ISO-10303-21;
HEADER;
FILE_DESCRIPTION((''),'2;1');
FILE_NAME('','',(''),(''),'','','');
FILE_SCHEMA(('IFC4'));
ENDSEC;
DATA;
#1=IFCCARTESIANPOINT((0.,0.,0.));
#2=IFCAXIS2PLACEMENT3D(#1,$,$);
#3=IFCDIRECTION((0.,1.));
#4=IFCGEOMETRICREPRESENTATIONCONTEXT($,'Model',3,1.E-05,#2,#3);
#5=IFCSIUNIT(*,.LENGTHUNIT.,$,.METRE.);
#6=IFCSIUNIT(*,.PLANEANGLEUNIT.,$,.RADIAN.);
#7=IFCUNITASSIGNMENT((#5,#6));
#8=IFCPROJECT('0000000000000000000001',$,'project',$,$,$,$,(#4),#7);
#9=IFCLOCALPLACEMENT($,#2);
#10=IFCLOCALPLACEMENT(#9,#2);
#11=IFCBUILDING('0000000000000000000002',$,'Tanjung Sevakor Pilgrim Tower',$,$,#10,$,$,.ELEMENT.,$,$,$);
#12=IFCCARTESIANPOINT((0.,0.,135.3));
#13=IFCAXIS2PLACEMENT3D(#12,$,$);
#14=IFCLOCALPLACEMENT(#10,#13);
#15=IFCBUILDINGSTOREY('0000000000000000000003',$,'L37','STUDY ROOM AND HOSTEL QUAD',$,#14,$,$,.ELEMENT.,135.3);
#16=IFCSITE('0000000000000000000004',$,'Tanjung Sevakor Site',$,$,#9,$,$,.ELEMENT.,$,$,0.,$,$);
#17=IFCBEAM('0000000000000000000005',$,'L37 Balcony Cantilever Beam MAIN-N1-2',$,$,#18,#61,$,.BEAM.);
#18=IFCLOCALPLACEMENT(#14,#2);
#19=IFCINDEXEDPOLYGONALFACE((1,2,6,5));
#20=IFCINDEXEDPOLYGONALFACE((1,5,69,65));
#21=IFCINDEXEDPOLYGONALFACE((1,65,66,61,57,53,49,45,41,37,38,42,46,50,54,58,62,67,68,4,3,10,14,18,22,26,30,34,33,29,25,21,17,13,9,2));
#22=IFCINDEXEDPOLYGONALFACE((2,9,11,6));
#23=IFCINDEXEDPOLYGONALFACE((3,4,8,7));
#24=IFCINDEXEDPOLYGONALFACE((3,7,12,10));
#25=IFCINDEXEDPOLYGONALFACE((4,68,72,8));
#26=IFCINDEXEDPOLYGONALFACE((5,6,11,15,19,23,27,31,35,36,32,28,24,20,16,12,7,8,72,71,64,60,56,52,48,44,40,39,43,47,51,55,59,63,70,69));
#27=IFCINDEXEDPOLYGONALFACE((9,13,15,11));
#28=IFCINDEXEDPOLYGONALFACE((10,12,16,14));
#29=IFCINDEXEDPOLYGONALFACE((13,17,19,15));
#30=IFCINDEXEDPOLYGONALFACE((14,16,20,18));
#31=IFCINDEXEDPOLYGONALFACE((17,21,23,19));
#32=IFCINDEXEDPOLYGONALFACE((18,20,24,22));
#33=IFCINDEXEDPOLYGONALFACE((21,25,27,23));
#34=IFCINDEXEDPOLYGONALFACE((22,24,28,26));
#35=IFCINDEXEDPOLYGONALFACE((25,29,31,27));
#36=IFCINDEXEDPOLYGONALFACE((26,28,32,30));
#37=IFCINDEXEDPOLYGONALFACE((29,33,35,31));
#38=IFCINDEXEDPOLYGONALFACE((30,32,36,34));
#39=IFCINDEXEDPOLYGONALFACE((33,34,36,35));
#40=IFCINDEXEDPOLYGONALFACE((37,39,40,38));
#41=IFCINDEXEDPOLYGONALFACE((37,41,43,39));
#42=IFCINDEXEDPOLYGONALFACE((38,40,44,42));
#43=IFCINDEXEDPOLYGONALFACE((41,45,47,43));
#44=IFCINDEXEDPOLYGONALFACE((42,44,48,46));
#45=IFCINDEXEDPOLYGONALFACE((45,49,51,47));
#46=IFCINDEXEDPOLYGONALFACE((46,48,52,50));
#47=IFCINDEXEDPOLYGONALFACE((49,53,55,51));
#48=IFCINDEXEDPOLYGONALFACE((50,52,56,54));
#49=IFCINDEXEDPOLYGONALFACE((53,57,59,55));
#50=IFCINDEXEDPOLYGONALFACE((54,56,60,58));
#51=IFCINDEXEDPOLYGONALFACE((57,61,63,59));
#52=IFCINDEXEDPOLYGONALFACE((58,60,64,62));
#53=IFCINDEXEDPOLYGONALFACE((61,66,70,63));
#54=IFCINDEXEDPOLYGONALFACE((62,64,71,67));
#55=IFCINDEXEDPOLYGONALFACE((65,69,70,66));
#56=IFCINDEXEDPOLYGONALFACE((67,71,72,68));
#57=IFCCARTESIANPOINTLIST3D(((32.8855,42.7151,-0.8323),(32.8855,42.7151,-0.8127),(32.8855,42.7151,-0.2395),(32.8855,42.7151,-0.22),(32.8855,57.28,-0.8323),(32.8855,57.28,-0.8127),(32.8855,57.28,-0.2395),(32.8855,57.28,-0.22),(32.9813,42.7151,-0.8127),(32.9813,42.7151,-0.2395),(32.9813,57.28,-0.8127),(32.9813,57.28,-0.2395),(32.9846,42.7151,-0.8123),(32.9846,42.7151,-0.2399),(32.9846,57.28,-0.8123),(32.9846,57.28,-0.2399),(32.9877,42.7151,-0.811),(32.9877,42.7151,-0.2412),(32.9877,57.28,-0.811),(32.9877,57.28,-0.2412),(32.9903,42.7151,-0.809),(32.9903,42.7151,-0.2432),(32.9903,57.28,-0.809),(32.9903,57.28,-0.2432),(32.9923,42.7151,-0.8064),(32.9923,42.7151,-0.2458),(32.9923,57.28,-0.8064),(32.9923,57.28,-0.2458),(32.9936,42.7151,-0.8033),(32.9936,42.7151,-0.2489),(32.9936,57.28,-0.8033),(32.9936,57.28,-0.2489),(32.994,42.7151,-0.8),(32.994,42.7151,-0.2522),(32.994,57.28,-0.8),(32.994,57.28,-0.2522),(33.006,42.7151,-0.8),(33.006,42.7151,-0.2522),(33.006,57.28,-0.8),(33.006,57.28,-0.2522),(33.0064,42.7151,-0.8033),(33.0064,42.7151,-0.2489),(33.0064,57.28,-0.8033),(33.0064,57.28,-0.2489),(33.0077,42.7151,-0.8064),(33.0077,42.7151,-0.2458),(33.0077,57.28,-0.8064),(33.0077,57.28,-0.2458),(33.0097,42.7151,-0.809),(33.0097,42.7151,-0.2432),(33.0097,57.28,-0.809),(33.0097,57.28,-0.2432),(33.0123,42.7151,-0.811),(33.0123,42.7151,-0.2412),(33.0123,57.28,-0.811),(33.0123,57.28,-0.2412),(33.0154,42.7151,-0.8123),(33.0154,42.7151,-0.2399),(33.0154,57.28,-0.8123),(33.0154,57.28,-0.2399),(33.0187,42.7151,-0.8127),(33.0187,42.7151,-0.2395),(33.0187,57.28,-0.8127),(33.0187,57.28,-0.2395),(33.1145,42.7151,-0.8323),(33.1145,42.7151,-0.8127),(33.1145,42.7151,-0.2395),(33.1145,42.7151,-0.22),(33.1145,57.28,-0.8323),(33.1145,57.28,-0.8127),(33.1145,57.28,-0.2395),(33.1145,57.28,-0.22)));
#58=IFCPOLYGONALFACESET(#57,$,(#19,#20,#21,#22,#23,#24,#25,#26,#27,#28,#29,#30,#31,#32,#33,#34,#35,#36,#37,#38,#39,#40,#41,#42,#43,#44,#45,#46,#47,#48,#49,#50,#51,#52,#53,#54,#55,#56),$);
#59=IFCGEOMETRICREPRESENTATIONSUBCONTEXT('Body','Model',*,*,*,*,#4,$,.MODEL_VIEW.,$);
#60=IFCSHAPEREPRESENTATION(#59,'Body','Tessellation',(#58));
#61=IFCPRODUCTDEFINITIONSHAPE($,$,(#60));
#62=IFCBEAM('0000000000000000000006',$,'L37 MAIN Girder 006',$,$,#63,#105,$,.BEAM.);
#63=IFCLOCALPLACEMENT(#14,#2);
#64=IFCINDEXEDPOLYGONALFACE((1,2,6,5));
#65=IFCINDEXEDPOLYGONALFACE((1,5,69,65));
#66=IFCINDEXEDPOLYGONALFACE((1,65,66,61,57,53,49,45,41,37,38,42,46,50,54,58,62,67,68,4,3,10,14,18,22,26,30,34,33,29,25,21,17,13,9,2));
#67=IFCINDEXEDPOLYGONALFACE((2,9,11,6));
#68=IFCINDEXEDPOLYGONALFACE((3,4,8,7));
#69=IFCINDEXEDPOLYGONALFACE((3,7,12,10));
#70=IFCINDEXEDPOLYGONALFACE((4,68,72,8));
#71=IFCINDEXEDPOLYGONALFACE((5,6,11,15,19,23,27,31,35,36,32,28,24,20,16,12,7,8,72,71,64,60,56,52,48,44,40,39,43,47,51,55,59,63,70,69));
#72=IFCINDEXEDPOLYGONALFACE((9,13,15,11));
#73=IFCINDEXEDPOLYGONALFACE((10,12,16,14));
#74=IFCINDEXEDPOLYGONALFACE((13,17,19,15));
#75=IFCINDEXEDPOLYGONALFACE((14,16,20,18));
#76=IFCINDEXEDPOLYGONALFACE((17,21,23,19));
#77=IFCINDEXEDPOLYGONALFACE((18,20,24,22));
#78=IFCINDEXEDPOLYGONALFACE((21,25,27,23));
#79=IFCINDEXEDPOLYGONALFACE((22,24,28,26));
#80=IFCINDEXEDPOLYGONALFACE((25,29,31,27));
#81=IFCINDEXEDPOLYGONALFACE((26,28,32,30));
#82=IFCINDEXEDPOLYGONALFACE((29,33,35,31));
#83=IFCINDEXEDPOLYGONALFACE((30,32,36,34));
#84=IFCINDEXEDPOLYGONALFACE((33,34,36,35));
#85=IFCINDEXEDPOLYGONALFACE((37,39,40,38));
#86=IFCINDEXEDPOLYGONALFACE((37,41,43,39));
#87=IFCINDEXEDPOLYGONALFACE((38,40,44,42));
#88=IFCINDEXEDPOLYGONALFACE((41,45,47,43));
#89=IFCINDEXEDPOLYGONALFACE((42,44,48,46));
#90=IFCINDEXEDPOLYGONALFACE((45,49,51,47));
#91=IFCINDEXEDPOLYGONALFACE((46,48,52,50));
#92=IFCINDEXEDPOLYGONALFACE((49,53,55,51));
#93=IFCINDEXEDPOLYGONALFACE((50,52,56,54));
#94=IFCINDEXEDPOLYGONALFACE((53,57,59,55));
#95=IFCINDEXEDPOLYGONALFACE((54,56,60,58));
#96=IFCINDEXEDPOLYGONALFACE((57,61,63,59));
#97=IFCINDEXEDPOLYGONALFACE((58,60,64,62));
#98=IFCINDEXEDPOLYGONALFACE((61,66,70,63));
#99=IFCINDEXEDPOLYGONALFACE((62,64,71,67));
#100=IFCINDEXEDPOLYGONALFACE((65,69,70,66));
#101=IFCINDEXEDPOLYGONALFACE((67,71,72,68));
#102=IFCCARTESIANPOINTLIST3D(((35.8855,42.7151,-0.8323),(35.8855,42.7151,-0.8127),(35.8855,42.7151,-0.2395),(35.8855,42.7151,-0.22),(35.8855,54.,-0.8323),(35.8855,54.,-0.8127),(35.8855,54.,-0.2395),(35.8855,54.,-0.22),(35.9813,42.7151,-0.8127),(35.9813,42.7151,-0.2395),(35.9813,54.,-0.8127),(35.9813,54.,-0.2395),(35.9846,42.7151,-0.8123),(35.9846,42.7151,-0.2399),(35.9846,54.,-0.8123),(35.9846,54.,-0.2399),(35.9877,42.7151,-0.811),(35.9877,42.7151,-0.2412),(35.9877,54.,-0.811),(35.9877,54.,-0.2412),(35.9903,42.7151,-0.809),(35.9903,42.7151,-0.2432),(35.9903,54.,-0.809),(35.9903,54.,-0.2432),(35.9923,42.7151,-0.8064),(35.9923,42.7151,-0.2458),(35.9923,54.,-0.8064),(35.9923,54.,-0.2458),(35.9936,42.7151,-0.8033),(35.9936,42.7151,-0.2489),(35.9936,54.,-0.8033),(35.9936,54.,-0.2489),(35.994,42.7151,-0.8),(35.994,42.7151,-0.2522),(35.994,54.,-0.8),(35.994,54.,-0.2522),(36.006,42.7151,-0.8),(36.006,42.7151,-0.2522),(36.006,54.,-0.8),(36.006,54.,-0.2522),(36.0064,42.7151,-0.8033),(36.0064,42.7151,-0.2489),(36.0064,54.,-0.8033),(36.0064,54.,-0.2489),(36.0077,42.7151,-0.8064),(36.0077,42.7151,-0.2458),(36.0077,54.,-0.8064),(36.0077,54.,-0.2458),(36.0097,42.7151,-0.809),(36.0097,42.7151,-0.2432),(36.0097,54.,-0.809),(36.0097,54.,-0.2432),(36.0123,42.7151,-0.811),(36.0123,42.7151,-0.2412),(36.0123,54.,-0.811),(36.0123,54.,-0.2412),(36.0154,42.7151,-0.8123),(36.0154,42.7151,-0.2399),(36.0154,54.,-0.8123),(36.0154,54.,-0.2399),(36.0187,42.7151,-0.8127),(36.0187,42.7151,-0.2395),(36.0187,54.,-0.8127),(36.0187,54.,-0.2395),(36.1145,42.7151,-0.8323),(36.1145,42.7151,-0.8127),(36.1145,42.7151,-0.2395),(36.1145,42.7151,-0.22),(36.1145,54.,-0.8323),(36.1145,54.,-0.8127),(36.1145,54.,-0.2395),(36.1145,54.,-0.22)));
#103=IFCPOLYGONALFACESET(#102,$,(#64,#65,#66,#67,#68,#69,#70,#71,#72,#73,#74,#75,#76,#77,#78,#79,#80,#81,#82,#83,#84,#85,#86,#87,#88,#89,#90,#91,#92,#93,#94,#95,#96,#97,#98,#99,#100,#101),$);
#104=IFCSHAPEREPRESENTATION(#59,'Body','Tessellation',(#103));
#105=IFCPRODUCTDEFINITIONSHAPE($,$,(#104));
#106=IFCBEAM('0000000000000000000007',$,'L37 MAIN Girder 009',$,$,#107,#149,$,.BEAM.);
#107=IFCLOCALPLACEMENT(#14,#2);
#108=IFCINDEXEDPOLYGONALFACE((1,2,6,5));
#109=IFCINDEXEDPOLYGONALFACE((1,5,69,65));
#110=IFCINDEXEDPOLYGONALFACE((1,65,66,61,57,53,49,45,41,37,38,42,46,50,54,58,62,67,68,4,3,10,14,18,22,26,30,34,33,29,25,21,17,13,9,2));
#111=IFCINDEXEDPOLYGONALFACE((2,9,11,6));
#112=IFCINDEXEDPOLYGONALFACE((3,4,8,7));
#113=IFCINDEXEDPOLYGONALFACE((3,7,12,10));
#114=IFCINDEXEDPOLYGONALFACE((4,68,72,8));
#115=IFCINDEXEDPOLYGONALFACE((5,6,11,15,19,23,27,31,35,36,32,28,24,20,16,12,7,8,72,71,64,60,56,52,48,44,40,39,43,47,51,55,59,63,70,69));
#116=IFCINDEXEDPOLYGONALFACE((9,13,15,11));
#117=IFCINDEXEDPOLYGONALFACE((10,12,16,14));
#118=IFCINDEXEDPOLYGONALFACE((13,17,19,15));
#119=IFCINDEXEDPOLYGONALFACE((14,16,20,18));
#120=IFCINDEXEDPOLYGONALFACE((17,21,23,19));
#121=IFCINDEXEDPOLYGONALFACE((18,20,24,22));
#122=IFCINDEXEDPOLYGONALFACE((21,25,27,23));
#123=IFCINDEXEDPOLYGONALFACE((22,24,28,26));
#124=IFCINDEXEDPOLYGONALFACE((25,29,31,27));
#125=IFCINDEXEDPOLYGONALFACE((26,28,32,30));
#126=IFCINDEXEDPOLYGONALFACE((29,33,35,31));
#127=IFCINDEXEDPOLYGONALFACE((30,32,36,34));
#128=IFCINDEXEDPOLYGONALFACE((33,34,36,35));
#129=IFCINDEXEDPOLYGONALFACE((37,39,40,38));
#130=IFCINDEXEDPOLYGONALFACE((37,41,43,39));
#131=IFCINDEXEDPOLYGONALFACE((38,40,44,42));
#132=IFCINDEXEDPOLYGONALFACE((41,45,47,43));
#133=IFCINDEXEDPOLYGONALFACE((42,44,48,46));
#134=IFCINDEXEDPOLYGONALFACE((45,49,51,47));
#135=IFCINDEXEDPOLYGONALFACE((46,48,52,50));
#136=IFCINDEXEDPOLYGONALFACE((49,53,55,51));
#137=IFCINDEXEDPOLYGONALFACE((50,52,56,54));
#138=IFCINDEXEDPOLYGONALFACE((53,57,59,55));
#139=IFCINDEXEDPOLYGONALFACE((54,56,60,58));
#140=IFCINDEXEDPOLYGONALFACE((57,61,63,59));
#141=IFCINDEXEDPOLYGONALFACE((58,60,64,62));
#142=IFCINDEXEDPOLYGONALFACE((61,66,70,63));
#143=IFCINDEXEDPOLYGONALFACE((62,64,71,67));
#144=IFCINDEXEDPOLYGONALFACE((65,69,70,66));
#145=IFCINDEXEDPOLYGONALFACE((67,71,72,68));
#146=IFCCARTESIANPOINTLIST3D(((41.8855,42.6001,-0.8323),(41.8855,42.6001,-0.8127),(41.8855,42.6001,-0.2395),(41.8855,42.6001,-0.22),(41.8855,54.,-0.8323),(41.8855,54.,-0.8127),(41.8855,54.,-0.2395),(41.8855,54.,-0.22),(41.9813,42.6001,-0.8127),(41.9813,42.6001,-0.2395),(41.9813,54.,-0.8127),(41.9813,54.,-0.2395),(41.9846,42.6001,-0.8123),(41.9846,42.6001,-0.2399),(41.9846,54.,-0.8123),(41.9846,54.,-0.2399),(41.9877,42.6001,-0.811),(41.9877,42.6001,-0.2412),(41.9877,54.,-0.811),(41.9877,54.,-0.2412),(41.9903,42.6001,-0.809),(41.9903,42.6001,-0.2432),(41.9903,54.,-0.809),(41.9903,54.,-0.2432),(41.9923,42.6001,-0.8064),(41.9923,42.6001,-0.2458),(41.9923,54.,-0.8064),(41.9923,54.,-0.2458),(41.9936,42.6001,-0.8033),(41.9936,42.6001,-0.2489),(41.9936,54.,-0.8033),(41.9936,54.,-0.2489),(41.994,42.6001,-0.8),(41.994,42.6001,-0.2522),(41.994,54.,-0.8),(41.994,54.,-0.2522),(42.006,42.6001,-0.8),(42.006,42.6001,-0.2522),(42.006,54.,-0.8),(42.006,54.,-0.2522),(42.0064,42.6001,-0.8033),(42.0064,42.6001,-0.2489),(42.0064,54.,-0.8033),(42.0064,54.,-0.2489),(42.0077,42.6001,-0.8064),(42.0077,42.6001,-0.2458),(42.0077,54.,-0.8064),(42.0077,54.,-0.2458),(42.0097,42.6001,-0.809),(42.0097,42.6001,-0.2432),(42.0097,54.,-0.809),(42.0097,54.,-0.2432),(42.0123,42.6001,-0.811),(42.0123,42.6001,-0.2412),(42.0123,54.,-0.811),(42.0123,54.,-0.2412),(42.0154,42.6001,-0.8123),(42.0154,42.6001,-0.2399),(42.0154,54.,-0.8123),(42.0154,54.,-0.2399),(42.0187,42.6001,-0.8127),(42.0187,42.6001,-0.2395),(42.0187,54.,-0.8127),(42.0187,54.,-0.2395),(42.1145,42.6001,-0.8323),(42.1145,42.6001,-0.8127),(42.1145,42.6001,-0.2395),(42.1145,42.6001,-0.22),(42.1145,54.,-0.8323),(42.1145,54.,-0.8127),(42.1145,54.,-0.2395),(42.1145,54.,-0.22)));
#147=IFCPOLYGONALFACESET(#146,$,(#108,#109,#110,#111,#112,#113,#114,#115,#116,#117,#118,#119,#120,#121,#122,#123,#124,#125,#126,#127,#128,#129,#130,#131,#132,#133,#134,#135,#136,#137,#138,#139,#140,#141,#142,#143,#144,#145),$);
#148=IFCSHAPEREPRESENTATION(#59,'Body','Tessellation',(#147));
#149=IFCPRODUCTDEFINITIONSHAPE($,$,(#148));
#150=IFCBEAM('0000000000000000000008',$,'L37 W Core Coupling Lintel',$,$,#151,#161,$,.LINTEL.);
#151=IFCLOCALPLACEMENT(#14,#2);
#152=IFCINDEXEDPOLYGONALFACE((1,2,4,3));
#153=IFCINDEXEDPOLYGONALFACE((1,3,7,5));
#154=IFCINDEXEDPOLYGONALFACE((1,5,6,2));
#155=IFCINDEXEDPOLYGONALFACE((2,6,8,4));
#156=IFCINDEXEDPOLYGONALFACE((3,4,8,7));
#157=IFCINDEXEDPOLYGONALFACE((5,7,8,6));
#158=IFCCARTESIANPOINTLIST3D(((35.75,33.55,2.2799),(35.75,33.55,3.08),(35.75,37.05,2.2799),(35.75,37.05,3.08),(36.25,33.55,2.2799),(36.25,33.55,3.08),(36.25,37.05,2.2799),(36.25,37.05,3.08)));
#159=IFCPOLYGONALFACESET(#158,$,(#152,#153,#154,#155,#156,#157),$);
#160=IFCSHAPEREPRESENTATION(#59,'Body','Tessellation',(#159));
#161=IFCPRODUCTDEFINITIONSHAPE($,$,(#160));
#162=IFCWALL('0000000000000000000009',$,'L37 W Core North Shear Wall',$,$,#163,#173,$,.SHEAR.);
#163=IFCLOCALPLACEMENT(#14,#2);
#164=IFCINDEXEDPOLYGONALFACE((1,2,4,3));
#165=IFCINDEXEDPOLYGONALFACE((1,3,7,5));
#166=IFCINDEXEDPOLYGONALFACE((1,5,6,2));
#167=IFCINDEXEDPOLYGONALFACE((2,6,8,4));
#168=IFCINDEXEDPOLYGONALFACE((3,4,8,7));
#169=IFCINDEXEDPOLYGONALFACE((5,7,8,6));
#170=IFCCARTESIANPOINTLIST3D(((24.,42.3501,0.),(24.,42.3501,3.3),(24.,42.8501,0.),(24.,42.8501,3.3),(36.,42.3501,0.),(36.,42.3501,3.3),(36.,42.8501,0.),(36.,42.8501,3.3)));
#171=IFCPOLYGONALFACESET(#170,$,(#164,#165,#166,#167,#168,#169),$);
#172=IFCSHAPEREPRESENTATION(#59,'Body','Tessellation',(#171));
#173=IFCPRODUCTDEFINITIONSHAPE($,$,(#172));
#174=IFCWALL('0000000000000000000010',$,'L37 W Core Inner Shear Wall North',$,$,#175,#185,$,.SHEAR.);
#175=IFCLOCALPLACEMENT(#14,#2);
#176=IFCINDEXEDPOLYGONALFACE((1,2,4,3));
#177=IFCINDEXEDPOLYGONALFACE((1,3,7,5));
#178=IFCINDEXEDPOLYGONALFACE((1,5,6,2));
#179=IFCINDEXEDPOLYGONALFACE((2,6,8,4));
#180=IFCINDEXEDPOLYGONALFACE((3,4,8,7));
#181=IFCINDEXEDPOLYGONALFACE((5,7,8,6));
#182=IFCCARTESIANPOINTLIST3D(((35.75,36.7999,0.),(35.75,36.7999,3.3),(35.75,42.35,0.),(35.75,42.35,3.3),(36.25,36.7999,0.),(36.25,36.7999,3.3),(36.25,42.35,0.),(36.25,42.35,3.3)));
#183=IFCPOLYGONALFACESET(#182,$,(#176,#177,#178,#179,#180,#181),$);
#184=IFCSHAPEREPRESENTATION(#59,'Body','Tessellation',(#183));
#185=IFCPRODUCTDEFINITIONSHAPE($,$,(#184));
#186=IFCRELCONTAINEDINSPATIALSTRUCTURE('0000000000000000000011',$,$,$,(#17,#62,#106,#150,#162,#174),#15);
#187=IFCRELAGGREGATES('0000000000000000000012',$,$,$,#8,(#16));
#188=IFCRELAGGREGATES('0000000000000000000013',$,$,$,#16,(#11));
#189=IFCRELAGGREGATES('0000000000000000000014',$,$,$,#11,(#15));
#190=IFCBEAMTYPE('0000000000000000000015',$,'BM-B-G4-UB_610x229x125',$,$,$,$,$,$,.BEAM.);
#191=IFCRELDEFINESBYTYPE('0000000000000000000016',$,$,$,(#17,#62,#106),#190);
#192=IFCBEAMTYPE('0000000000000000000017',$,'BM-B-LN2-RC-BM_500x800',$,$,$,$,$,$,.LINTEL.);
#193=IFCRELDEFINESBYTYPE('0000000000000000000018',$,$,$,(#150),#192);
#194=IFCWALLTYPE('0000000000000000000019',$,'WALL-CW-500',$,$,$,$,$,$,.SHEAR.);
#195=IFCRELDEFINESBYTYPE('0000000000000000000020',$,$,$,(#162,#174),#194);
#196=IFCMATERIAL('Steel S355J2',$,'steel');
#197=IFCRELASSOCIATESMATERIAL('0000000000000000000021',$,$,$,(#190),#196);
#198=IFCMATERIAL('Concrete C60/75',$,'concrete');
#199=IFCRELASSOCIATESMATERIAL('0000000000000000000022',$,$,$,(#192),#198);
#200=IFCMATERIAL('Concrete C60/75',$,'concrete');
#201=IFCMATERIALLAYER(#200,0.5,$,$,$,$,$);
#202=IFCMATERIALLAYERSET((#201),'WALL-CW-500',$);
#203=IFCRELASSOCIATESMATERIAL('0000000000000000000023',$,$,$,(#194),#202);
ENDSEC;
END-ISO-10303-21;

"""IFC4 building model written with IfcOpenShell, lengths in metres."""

from ifc_helpers import new_model, si_unit, direction, frame, frame_2d, origin, origin_2d, place, context, subcontext, project, spatial, rectangle, i_section, extrude, material, layer, layer_set, material_profile, profile_set, type_object, element, save


model = new_model("IFC4")

# Units and contexts
model_context = context("Model", 3, precision=1e-05, world=origin(), true_north=direction((0.0, 1.0)))
body_context = subcontext(model_context, "Body", "Model", "MODEL_VIEW")
ifc_project = project(units=[si_unit("LENGTHUNIT", "METRE"), si_unit("PLANEANGLEUNIT", "RADIAN")], contexts=[model_context])

# Site, building, storey
site_placement = place(None, origin())
site = spatial("IfcSite", under=ifc_project, at=site_placement, Name="Tanjung Sevakor Site", CompositionType="ELEMENT", RefElevation=0.0)
building_placement = place(site_placement, origin())
building = spatial("IfcBuilding", under=site, at=building_placement, Name="Tanjung Sevakor Pilgrim Tower", CompositionType="ELEMENT")
storey_placement = place(building_placement, frame((0.0, 0.0, 135.3)))
storey = spatial("IfcBuildingStorey", under=building, at=storey_placement, Name="L37", Description="STUDY ROOM AND HOSTEL QUAD", CompositionType="ELEMENT", Elevation=135.3)

# Beams
ifc_material_1 = material(Name="Steel S355J2", Category="steel")
ifc_material_profile_1 = material_profile(ifc_material_1, i_section(OverallWidth=0.229, OverallDepth=0.6123, WebThickness=0.012, FlangeThickness=0.0195, FilletRadius=0.0127, at=origin_2d()))
ifc_profile_set_1 = profile_set([ifc_material_profile_1], Name="Steel S355J2")
beam_type_1 = type_object("IfcBeamType", Name="BM-B-G4-UB_610x229x125", PredefinedType="BEAM", material=ifc_profile_set_1)
beam_1_placement = place(storey_placement, frame((33.0, 42.7151, -0.5261), z_axis=(0.0, 1.0, 0.0), x_axis=(-1.0, 0.0, 0.0)))
element("IfcBeam", 1, at=beam_1_placement, inside=storey, type_object=beam_type_1, Name="L37 Balcony Cantilever Beam MAIN-N1-2", PredefinedType="BEAM", context=body_context, shape_type="SweptSolid", body=[
    extrude(i_section(OverallWidth=0.229, OverallDepth=0.6123, WebThickness=0.012, FlangeThickness=0.0195, FilletRadius=0.0127, at=origin_2d()), origin(), (0.0, 0.0, 1.0), 14.5649),
])
beam_2_placement = place(storey_placement, frame((36.0, 42.7151, -0.5261), z_axis=(0.0, 1.0, 0.0), x_axis=(-1.0, 0.0, 0.0)))
element("IfcBeam", 2, at=beam_2_placement, inside=storey, type_object=beam_type_1, Name="L37 MAIN Girder 006", PredefinedType="BEAM", context=body_context, shape_type="SweptSolid", body=[
    extrude(i_section(OverallWidth=0.229, OverallDepth=0.6123, WebThickness=0.012, FlangeThickness=0.0195, FilletRadius=0.0127, at=origin_2d()), origin(), (0.0, 0.0, 1.0), 11.2849),
])
beam_3_placement = place(storey_placement, frame((42.0, 42.6001, -0.5261), z_axis=(0.0, 1.0, 0.0), x_axis=(-1.0, 0.0, 0.0)))
element("IfcBeam", 3, at=beam_3_placement, inside=storey, type_object=beam_type_1, Name="L37 MAIN Girder 009", PredefinedType="BEAM", context=body_context, shape_type="SweptSolid", body=[
    extrude(i_section(OverallWidth=0.229, OverallDepth=0.6123, WebThickness=0.012, FlangeThickness=0.0195, FilletRadius=0.0127, at=origin_2d()), origin(), (0.0, 0.0, 1.0), 11.3999),
])
ifc_material_2 = material(Name="Concrete C60/75", Category="concrete")
ifc_material_profile_2 = material_profile(ifc_material_2, rectangle(XDim=0.5, YDim=0.8, at=origin_2d()))
ifc_profile_set_2 = profile_set([ifc_material_profile_2], Name="Concrete C60/75")
beam_type_2 = type_object("IfcBeamType", Name="BM-B-LN2-RC-BM_500x800", PredefinedType="LINTEL", material=ifc_profile_set_2)
beam_4_placement = place(storey_placement, frame((36.0, 33.55, 2.6799), z_axis=(0.0, 1.0, 0.0), x_axis=(-1.0, 0.0, 0.0)))
element("IfcBeam", 4, at=beam_4_placement, inside=storey, type_object=beam_type_2, Name="L37 W Core Coupling Lintel", PredefinedType="LINTEL", context=body_context, shape_type="SweptSolid", body=[
    extrude(rectangle(XDim=0.5, YDim=0.8, at=origin_2d()), origin(), (0.0, 0.0, 1.0), 3.5),
])

# Walls
ifc_material_3 = material(Name="Concrete C60/75", Category="concrete")
ifc_layer_1 = layer(ifc_material_3, 0.5)
ifc_layer_set_1 = layer_set([ifc_layer_1], Name="WALL-CW-500")
wall_type_1 = type_object("IfcWallType", Name="WALL-CW-500", PredefinedType="SHEAR", material=ifc_layer_set_1)
wall_1_placement = place(storey_placement, frame((36.0, 42.6001, 0.0), z_axis=(0.0, 0.0, 1.0), x_axis=(-1.0, 0.0, 0.0)))
element("IfcWall", 5, at=wall_1_placement, inside=storey, type_object=wall_type_1, Name="L37 W Core North Shear Wall", PredefinedType="SHEAR", context=body_context, shape_type="SweptSolid", body=[
    extrude(rectangle(XDim=12.0, YDim=0.5, at=frame_2d((6.0, 0.0))), origin(), (0.0, 0.0, 1.0), 3.3),
])
wall_2_placement = place(storey_placement, frame((36.0, 36.8, 0.0), z_axis=(0.0, 0.0, 1.0), x_axis=(0.0, 1.0, 0.0)))
element("IfcWall", 6, at=wall_2_placement, inside=storey, type_object=wall_type_1, Name="L37 W Core Inner Shear Wall North", PredefinedType="SHEAR", context=body_context, shape_type="SweptSolid", body=[
    extrude(rectangle(XDim=5.55, YDim=0.5, at=frame_2d((2.7749, 0.0))), origin(), (0.0, 0.0, 1.0), 3.3),
])

save(model, "model.ifc")
